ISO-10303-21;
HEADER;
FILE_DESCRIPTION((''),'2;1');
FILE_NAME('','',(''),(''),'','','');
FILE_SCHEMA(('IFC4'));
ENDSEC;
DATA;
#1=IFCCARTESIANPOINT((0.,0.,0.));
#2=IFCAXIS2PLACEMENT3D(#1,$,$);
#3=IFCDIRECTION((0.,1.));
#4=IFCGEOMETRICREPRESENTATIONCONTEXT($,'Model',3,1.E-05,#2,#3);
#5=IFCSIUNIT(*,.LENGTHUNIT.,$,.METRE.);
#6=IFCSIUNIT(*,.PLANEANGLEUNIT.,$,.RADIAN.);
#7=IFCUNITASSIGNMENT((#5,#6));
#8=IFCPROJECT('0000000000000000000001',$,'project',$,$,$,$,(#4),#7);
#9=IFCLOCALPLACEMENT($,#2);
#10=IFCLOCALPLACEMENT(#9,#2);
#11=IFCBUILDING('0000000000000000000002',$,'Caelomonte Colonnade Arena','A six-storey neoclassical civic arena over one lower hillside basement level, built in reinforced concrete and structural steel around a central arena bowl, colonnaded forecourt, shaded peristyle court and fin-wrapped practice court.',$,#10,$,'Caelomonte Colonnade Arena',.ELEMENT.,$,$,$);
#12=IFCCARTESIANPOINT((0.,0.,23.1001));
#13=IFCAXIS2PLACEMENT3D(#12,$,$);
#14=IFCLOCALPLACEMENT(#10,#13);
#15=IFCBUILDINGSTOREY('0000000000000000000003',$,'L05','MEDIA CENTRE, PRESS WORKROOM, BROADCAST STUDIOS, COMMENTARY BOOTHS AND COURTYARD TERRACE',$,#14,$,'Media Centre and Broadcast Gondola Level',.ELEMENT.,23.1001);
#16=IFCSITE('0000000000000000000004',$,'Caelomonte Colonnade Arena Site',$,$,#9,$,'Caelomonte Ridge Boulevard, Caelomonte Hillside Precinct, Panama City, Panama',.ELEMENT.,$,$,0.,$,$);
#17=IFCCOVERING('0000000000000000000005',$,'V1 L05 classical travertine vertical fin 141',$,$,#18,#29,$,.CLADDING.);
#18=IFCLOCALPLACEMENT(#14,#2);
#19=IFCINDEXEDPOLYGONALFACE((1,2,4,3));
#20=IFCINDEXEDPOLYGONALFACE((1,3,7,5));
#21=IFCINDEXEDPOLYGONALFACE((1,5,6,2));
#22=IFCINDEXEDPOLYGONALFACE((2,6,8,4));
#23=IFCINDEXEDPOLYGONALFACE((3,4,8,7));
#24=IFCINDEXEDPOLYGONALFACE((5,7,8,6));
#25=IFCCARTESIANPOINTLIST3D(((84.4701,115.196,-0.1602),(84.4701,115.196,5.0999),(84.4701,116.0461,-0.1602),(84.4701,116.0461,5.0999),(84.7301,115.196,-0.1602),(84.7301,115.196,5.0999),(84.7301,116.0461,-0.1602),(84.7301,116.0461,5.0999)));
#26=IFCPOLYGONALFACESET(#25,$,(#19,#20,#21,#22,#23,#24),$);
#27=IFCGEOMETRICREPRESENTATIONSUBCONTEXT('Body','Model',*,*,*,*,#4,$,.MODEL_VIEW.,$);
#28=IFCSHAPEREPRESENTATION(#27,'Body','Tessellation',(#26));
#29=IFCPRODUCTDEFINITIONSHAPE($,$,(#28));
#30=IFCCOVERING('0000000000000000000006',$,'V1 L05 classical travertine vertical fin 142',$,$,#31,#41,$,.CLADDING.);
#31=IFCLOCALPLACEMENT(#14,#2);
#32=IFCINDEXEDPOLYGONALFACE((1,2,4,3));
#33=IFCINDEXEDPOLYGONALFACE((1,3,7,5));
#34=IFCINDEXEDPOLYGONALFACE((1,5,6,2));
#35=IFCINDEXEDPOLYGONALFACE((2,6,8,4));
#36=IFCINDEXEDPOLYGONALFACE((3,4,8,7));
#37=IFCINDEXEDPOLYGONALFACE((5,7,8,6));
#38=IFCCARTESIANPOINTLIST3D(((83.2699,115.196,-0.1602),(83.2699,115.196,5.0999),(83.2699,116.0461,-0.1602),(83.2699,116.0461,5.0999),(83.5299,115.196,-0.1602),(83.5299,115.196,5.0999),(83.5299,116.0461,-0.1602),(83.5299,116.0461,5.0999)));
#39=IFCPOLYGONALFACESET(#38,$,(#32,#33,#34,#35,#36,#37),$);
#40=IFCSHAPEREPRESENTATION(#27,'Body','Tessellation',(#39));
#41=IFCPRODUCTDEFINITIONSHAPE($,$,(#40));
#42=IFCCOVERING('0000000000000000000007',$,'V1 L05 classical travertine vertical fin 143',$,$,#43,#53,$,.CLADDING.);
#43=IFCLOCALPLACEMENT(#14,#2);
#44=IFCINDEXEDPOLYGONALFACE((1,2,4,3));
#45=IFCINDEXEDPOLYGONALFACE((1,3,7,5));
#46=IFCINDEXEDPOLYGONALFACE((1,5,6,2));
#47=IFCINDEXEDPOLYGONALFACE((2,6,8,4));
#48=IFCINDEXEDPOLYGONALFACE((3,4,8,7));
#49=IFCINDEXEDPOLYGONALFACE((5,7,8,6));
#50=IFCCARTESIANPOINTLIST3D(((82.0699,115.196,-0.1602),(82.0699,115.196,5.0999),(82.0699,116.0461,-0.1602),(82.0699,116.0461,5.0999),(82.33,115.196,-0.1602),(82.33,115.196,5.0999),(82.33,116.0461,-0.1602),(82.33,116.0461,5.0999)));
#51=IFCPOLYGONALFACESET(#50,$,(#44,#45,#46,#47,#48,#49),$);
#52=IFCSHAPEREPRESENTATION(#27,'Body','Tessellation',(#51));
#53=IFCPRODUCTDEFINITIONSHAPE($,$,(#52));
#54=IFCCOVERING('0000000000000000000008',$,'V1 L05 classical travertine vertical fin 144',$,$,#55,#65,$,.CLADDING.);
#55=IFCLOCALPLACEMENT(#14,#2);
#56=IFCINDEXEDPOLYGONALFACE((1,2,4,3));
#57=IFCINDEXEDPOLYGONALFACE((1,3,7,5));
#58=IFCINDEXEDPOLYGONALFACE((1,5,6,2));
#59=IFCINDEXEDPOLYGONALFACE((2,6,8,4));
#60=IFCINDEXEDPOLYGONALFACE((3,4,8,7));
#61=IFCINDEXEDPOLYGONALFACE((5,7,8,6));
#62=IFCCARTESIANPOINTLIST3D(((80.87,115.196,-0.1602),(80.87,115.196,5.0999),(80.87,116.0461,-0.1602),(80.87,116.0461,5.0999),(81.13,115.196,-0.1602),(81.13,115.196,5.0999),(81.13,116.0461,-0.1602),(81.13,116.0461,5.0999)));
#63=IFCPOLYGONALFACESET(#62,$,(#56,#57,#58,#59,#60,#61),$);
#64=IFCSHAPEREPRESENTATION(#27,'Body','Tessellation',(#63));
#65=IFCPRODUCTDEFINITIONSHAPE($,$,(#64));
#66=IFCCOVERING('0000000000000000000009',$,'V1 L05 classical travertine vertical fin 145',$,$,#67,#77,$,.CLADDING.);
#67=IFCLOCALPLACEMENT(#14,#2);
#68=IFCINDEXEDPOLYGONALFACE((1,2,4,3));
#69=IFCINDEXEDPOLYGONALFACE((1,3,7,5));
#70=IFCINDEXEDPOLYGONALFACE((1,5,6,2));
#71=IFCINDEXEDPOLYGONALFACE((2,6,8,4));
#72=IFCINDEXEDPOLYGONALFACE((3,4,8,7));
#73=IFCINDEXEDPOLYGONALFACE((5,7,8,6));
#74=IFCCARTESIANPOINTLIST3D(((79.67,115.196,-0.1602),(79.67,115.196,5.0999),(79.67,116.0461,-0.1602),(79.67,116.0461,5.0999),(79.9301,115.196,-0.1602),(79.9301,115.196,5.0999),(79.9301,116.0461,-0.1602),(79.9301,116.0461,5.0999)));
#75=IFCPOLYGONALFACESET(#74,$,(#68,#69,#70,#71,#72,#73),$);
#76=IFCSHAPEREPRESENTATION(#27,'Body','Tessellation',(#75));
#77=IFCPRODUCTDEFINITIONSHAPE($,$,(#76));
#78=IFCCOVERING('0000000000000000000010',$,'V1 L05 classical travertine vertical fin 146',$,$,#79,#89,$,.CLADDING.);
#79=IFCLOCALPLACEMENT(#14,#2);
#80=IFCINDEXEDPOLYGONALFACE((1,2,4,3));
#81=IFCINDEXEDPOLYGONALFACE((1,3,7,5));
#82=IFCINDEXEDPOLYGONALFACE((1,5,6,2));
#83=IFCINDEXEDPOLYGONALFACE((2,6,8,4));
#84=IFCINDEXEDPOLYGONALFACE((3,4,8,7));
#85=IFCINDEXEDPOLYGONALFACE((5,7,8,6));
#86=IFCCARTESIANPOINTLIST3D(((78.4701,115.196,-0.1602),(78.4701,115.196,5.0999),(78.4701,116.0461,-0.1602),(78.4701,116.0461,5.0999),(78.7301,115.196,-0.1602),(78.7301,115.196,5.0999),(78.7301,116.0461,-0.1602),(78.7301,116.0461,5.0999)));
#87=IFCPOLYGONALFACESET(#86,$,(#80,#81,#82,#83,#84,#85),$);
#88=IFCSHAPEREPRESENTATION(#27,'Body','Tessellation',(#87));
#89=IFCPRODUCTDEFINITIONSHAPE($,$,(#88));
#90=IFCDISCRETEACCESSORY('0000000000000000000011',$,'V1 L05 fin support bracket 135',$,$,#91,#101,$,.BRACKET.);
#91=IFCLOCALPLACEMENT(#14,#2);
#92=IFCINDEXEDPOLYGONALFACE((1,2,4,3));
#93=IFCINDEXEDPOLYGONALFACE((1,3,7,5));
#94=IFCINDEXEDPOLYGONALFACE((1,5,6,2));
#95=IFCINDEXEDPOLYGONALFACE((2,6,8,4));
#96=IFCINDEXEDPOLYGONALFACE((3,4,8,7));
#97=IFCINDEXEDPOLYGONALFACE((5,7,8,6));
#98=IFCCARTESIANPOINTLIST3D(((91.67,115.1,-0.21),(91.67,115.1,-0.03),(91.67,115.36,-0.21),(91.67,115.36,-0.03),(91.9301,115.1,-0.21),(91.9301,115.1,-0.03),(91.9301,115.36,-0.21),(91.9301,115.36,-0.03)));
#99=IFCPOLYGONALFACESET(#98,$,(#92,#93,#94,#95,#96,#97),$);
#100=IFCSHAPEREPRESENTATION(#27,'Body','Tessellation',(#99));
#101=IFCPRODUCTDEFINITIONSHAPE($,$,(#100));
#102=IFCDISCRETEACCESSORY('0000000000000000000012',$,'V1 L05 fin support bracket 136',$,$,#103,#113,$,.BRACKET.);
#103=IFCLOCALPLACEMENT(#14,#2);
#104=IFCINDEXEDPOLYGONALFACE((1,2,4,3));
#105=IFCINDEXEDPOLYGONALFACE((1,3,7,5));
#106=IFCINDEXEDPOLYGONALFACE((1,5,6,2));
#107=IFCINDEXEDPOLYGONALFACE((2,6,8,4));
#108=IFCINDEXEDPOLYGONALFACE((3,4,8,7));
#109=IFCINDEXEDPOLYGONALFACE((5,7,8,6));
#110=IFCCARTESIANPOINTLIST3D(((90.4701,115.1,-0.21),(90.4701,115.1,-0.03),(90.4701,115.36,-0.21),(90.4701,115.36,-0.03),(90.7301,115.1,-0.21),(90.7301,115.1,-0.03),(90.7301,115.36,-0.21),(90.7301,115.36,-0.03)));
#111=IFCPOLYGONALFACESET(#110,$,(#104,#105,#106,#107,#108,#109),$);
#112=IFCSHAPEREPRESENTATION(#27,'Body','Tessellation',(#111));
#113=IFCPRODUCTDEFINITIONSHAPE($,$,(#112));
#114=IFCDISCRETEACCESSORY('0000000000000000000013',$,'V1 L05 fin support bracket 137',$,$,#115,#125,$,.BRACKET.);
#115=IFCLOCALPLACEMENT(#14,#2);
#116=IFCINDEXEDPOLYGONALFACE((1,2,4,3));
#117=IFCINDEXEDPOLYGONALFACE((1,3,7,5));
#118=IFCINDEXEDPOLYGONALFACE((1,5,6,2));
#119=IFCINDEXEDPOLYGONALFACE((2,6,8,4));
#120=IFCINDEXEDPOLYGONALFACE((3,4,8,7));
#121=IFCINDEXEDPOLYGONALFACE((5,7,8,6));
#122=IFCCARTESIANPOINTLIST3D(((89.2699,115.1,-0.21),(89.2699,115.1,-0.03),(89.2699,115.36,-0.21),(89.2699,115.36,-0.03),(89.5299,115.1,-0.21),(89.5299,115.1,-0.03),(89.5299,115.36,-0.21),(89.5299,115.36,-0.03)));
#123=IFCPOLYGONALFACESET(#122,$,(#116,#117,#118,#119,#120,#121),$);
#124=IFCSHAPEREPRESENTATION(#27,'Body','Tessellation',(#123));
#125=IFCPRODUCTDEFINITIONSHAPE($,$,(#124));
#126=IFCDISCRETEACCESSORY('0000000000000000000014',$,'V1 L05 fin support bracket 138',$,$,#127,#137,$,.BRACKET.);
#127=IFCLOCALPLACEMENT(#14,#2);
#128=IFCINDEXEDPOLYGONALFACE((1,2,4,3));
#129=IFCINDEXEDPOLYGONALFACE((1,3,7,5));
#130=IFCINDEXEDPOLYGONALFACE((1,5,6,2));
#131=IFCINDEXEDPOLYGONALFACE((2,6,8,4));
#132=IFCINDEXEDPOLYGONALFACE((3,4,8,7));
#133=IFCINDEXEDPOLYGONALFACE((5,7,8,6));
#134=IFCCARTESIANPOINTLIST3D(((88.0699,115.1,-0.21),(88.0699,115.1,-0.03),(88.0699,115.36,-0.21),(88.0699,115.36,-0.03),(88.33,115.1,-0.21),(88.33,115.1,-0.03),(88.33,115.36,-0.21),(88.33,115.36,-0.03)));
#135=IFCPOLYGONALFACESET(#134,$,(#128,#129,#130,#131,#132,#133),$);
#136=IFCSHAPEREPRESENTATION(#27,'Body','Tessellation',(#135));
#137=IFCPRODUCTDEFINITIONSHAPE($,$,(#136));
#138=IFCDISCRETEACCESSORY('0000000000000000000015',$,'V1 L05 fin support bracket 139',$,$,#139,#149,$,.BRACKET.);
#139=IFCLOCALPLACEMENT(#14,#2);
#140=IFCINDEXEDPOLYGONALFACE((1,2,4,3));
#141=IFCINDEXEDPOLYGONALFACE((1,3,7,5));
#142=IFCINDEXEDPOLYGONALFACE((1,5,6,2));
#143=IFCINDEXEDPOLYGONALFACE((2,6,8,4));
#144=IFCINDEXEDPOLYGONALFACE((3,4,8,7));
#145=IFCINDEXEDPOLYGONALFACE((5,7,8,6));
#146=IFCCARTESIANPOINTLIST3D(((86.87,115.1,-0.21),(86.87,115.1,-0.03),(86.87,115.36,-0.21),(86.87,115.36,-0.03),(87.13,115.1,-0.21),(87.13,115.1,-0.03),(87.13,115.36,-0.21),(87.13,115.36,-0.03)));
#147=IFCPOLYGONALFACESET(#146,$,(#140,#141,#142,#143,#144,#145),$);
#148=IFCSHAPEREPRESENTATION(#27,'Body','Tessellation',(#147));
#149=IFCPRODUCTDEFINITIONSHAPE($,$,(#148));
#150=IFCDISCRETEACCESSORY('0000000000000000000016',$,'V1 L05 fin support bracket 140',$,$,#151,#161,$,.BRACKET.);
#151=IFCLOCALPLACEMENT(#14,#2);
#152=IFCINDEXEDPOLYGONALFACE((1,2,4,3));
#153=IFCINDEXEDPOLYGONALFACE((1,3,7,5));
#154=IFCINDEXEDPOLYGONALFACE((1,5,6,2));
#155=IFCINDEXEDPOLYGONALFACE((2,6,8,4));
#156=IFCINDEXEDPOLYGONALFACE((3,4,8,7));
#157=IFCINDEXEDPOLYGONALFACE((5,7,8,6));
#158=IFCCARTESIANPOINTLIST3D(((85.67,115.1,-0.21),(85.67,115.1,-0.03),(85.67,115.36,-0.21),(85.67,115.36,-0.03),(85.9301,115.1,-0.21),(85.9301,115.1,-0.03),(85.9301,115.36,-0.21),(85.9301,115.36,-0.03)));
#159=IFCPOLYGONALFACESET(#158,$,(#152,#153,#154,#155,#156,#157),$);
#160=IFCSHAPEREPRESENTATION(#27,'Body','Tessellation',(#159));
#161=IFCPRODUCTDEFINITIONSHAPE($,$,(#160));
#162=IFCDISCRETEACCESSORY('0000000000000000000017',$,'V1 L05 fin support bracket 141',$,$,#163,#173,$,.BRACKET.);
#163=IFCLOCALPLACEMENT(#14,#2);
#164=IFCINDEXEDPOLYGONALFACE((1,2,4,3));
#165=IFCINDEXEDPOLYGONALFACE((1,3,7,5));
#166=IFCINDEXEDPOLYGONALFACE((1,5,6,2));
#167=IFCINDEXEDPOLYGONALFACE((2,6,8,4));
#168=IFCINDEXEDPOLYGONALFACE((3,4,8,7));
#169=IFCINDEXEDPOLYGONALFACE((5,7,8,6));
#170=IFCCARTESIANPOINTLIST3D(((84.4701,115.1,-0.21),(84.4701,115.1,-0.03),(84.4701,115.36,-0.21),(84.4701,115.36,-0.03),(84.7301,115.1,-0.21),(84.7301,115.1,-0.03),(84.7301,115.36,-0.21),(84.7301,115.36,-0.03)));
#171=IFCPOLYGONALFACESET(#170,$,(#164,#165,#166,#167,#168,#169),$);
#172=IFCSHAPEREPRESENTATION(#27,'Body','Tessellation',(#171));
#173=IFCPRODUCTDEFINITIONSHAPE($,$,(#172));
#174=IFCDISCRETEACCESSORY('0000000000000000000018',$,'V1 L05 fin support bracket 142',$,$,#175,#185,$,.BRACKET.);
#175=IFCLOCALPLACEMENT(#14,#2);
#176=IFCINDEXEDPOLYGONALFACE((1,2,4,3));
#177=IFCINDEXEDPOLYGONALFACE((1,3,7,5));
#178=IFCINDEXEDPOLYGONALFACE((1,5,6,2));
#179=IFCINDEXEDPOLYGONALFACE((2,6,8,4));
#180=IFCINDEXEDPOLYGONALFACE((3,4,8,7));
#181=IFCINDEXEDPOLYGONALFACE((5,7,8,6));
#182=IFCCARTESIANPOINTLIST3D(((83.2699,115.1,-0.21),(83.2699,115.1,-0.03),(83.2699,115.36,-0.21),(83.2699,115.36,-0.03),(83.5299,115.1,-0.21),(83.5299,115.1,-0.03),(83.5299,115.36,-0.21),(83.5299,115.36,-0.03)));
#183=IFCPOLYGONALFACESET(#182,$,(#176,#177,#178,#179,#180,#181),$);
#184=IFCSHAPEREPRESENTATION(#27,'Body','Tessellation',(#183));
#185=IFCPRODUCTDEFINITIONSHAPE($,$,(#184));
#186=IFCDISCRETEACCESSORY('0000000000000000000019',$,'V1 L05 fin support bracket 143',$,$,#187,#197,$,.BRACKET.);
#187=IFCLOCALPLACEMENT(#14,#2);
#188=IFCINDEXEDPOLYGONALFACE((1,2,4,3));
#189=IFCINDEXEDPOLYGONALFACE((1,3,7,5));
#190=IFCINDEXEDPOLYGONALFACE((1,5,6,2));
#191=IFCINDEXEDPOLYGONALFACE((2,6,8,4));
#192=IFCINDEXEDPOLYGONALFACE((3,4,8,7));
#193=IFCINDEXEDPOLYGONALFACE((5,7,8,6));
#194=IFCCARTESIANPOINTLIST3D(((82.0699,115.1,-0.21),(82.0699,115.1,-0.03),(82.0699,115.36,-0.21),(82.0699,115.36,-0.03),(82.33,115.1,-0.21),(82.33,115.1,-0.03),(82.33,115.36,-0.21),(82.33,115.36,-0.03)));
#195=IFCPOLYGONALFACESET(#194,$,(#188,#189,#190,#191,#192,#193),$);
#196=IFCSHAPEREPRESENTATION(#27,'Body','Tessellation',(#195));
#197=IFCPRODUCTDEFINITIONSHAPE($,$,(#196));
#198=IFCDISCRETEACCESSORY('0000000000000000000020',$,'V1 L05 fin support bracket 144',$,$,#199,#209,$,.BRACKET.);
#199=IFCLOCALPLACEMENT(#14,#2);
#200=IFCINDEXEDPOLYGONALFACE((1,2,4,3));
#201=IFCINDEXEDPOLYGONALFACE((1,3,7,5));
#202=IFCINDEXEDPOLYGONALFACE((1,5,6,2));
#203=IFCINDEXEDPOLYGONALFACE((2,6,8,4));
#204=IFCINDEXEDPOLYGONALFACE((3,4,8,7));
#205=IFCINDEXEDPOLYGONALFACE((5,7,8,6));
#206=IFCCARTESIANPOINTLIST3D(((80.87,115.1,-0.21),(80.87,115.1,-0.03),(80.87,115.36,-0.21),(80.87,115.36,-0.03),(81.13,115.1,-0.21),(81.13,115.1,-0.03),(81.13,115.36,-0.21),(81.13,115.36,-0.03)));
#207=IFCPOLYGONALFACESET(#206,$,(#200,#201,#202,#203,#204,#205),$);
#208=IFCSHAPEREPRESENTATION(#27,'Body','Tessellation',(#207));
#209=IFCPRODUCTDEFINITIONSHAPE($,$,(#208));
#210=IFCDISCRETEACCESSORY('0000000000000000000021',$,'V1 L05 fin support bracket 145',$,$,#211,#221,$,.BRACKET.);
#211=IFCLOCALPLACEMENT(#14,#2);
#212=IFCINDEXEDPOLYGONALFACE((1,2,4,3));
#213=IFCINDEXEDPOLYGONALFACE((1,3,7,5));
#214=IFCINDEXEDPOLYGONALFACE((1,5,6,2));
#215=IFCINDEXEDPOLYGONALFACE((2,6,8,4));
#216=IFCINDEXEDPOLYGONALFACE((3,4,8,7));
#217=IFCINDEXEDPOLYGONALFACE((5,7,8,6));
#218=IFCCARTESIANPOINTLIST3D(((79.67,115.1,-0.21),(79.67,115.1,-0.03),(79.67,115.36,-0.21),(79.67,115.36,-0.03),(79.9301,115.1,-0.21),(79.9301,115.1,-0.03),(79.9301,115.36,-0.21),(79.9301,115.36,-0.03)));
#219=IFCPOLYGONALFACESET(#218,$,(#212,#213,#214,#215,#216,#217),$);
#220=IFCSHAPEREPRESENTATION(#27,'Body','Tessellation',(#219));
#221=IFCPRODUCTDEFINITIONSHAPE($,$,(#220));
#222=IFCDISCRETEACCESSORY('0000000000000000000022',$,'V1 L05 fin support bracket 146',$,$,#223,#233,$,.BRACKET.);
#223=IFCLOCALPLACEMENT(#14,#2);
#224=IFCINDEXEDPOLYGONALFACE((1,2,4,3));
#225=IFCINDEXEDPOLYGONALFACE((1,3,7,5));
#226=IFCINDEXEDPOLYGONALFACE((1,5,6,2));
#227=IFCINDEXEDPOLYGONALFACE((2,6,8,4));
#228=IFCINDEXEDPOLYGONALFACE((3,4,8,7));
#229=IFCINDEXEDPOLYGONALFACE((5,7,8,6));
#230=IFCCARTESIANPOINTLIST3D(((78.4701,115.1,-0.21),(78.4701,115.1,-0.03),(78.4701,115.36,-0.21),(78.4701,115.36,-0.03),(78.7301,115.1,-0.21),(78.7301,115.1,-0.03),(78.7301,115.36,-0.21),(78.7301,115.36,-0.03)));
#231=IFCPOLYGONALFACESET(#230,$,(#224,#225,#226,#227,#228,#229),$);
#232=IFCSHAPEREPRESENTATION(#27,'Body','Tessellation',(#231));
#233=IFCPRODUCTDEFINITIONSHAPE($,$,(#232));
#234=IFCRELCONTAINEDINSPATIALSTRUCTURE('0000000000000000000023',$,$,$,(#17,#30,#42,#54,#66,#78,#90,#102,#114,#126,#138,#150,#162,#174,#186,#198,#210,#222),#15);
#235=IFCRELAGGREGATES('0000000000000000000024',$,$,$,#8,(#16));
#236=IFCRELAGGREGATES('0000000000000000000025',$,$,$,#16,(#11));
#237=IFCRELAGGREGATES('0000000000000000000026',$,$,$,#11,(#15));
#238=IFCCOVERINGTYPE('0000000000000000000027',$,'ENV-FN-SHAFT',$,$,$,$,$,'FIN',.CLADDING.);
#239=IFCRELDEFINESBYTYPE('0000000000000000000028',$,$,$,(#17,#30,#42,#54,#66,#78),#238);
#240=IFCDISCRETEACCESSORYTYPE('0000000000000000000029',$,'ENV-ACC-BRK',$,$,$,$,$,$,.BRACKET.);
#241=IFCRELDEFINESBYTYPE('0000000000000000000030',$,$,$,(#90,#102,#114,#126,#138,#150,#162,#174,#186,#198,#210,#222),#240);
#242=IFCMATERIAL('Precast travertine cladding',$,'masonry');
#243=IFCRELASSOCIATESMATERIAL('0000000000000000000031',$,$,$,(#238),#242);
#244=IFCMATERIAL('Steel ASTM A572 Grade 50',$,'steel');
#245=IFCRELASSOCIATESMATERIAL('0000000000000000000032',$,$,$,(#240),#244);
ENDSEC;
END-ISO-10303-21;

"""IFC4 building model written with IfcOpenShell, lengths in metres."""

from ifc_helpers import new_model, si_unit, direction, frame, origin, origin_2d, place, context, subcontext, project, spatial, rectangle, extrude, material, material_profile, profile_set, type_object, element, save


model = new_model("IFC4")

# Units and contexts
model_context = context("Model", 3, precision=1e-05, world=origin(), true_north=direction((0.0, 1.0)))
body_context = subcontext(model_context, "Body", "Model", "MODEL_VIEW")
ifc_project = project(units=[si_unit("LENGTHUNIT", "METRE"), si_unit("PLANEANGLEUNIT", "RADIAN")], contexts=[model_context])

# Site, building, storey
site_placement = place(None, origin())
site = spatial("IfcSite", under=ifc_project, at=site_placement, Name="Caelomonte Colonnade Arena Site", LongName="Caelomonte Ridge Boulevard, Caelomonte Hillside Precinct, Panama City, Panama", CompositionType="ELEMENT", RefElevation=0.0)
building_placement = place(site_placement, origin())
building = spatial("IfcBuilding", under=site, at=building_placement, Name="Caelomonte Colonnade Arena", Description="A six-storey neoclassical civic arena over one lower hillside basement level, built in reinforced concrete and structural steel around a central arena bowl, colonnaded forecourt, shaded peristyle court and fin-wrapped practice court.", LongName="Caelomonte Colonnade Arena", CompositionType="ELEMENT")
storey_placement = place(building_placement, frame((0.0, 0.0, 23.1001)))
storey = spatial("IfcBuildingStorey", under=building, at=storey_placement, Name="L05", Description="MEDIA CENTRE, PRESS WORKROOM, BROADCAST STUDIOS, COMMENTARY BOOTHS AND COURTYARD TERRACE", LongName="Media Centre and Broadcast Gondola Level", CompositionType="ELEMENT", Elevation=23.1001)

# Coverings
ifc_material_1 = material(Name="Precast travertine cladding", Category="masonry")
ifc_material_profile_1 = material_profile(ifc_material_1, rectangle(XDim=0.26, YDim=0.8501, at=origin_2d()), Name="FIN260X850")
ifc_profile_set_1 = profile_set([ifc_material_profile_1], Name="Precast travertine cladding")
covering_type = type_object("IfcCoveringType", Name="ENV-FN-SHAFT", ElementType="FIN", PredefinedType="CLADDING", material=ifc_profile_set_1)
for number, where, z_axis, x_axis, name in (
    (1, (84.6001, 115.6211, -0.1602), (0.0, 0.0, 1.0), (1.0, 0.0, 0.0), "V1 L05 classical travertine vertical fin 141"),
    (2, (83.3999, 115.6211, -0.1602), (0.0, 0.0, 1.0), (1.0, 0.0, 0.0), "V1 L05 classical travertine vertical fin 142"),
    (3, (82.2, 115.6211, -0.1602), (0.0, 0.0, 1.0), (1.0, 0.0, 0.0), "V1 L05 classical travertine vertical fin 143"),
    (4, (81.0, 115.6211, -0.1602), (0.0, 0.0, 1.0), (1.0, 0.0, 0.0), "V1 L05 classical travertine vertical fin 144"),
    (5, (79.8, 115.6211, -0.1602), (0.0, 0.0, 1.0), (1.0, 0.0, 0.0), "V1 L05 classical travertine vertical fin 145"),
    (6, (78.6001, 115.6211, -0.1602), (0.0, 0.0, 1.0), (1.0, 0.0, 0.0), "V1 L05 classical travertine vertical fin 146"),
):
    element("IfcCovering", number, at=place(storey_placement, frame(where, z_axis=z_axis, x_axis=x_axis)), inside=storey, type_object=covering_type, Name=name, PredefinedType="CLADDING", context=body_context, shape_type="SweptSolid", body=[
        extrude(rectangle(XDim=0.26, YDim=0.8501, at=origin_2d()), origin(), (0.0, 0.0, 1.0), 5.26),
    ])

# Discrete accessories
ifc_material_2 = material(Name="Steel ASTM A572 Grade 50", Category="steel")
discrete_accessory_type = type_object("IfcDiscreteAccessoryType", Name="ENV-ACC-BRK", PredefinedType="BRACKET", material=ifc_material_2)
for number, where, z_axis, x_axis, name in (
    (7, (91.8, 115.23, -0.21), (0.0, 0.0, 1.0), (-1.0, 0.0, 0.0), "V1 L05 fin support bracket 135"),
    (8, (90.6001, 115.23, -0.21), (0.0, 0.0, 1.0), (-1.0, 0.0, 0.0), "V1 L05 fin support bracket 136"),
    (9, (89.3999, 115.23, -0.21), (0.0, 0.0, 1.0), (-1.0, 0.0, 0.0), "V1 L05 fin support bracket 137"),
    (10, (88.2, 115.23, -0.21), (0.0, 0.0, 1.0), (-1.0, 0.0, 0.0), "V1 L05 fin support bracket 138"),
    (11, (87.0, 115.23, -0.21), (0.0, 0.0, 1.0), (-1.0, 0.0, 0.0), "V1 L05 fin support bracket 139"),
    (12, (85.8, 115.23, -0.21), (0.0, 0.0, 1.0), (-1.0, 0.0, 0.0), "V1 L05 fin support bracket 140"),
    (13, (84.6001, 115.23, -0.21), (0.0, 0.0, 1.0), (-1.0, 0.0, 0.0), "V1 L05 fin support bracket 141"),
    (14, (83.3999, 115.23, -0.21), (0.0, 0.0, 1.0), (-1.0, 0.0, 0.0), "V1 L05 fin support bracket 142"),
    (15, (82.2, 115.23, -0.21), (0.0, 0.0, 1.0), (-1.0, 0.0, 0.0), "V1 L05 fin support bracket 143"),
    (16, (81.0, 115.23, -0.21), (0.0, 0.0, 1.0), (-1.0, 0.0, 0.0), "V1 L05 fin support bracket 144"),
    (17, (79.8, 115.23, -0.21), (0.0, 0.0, 1.0), (-1.0, 0.0, 0.0), "V1 L05 fin support bracket 145"),
    (18, (78.6001, 115.23, -0.21), (0.0, 0.0, 1.0), (-1.0, 0.0, 0.0), "V1 L05 fin support bracket 146"),
):
    element("IfcDiscreteAccessory", number, at=place(storey_placement, frame(where, z_axis=z_axis, x_axis=x_axis)), inside=storey, type_object=discrete_accessory_type, Name=name, PredefinedType="BRACKET", context=body_context, shape_type="SweptSolid", body=[
        extrude(rectangle(XDim=0.26, YDim=0.26, at=origin_2d()), origin(), (0.0, 0.0, 1.0), 0.1799),
    ])

save(model, "model.ifc")
